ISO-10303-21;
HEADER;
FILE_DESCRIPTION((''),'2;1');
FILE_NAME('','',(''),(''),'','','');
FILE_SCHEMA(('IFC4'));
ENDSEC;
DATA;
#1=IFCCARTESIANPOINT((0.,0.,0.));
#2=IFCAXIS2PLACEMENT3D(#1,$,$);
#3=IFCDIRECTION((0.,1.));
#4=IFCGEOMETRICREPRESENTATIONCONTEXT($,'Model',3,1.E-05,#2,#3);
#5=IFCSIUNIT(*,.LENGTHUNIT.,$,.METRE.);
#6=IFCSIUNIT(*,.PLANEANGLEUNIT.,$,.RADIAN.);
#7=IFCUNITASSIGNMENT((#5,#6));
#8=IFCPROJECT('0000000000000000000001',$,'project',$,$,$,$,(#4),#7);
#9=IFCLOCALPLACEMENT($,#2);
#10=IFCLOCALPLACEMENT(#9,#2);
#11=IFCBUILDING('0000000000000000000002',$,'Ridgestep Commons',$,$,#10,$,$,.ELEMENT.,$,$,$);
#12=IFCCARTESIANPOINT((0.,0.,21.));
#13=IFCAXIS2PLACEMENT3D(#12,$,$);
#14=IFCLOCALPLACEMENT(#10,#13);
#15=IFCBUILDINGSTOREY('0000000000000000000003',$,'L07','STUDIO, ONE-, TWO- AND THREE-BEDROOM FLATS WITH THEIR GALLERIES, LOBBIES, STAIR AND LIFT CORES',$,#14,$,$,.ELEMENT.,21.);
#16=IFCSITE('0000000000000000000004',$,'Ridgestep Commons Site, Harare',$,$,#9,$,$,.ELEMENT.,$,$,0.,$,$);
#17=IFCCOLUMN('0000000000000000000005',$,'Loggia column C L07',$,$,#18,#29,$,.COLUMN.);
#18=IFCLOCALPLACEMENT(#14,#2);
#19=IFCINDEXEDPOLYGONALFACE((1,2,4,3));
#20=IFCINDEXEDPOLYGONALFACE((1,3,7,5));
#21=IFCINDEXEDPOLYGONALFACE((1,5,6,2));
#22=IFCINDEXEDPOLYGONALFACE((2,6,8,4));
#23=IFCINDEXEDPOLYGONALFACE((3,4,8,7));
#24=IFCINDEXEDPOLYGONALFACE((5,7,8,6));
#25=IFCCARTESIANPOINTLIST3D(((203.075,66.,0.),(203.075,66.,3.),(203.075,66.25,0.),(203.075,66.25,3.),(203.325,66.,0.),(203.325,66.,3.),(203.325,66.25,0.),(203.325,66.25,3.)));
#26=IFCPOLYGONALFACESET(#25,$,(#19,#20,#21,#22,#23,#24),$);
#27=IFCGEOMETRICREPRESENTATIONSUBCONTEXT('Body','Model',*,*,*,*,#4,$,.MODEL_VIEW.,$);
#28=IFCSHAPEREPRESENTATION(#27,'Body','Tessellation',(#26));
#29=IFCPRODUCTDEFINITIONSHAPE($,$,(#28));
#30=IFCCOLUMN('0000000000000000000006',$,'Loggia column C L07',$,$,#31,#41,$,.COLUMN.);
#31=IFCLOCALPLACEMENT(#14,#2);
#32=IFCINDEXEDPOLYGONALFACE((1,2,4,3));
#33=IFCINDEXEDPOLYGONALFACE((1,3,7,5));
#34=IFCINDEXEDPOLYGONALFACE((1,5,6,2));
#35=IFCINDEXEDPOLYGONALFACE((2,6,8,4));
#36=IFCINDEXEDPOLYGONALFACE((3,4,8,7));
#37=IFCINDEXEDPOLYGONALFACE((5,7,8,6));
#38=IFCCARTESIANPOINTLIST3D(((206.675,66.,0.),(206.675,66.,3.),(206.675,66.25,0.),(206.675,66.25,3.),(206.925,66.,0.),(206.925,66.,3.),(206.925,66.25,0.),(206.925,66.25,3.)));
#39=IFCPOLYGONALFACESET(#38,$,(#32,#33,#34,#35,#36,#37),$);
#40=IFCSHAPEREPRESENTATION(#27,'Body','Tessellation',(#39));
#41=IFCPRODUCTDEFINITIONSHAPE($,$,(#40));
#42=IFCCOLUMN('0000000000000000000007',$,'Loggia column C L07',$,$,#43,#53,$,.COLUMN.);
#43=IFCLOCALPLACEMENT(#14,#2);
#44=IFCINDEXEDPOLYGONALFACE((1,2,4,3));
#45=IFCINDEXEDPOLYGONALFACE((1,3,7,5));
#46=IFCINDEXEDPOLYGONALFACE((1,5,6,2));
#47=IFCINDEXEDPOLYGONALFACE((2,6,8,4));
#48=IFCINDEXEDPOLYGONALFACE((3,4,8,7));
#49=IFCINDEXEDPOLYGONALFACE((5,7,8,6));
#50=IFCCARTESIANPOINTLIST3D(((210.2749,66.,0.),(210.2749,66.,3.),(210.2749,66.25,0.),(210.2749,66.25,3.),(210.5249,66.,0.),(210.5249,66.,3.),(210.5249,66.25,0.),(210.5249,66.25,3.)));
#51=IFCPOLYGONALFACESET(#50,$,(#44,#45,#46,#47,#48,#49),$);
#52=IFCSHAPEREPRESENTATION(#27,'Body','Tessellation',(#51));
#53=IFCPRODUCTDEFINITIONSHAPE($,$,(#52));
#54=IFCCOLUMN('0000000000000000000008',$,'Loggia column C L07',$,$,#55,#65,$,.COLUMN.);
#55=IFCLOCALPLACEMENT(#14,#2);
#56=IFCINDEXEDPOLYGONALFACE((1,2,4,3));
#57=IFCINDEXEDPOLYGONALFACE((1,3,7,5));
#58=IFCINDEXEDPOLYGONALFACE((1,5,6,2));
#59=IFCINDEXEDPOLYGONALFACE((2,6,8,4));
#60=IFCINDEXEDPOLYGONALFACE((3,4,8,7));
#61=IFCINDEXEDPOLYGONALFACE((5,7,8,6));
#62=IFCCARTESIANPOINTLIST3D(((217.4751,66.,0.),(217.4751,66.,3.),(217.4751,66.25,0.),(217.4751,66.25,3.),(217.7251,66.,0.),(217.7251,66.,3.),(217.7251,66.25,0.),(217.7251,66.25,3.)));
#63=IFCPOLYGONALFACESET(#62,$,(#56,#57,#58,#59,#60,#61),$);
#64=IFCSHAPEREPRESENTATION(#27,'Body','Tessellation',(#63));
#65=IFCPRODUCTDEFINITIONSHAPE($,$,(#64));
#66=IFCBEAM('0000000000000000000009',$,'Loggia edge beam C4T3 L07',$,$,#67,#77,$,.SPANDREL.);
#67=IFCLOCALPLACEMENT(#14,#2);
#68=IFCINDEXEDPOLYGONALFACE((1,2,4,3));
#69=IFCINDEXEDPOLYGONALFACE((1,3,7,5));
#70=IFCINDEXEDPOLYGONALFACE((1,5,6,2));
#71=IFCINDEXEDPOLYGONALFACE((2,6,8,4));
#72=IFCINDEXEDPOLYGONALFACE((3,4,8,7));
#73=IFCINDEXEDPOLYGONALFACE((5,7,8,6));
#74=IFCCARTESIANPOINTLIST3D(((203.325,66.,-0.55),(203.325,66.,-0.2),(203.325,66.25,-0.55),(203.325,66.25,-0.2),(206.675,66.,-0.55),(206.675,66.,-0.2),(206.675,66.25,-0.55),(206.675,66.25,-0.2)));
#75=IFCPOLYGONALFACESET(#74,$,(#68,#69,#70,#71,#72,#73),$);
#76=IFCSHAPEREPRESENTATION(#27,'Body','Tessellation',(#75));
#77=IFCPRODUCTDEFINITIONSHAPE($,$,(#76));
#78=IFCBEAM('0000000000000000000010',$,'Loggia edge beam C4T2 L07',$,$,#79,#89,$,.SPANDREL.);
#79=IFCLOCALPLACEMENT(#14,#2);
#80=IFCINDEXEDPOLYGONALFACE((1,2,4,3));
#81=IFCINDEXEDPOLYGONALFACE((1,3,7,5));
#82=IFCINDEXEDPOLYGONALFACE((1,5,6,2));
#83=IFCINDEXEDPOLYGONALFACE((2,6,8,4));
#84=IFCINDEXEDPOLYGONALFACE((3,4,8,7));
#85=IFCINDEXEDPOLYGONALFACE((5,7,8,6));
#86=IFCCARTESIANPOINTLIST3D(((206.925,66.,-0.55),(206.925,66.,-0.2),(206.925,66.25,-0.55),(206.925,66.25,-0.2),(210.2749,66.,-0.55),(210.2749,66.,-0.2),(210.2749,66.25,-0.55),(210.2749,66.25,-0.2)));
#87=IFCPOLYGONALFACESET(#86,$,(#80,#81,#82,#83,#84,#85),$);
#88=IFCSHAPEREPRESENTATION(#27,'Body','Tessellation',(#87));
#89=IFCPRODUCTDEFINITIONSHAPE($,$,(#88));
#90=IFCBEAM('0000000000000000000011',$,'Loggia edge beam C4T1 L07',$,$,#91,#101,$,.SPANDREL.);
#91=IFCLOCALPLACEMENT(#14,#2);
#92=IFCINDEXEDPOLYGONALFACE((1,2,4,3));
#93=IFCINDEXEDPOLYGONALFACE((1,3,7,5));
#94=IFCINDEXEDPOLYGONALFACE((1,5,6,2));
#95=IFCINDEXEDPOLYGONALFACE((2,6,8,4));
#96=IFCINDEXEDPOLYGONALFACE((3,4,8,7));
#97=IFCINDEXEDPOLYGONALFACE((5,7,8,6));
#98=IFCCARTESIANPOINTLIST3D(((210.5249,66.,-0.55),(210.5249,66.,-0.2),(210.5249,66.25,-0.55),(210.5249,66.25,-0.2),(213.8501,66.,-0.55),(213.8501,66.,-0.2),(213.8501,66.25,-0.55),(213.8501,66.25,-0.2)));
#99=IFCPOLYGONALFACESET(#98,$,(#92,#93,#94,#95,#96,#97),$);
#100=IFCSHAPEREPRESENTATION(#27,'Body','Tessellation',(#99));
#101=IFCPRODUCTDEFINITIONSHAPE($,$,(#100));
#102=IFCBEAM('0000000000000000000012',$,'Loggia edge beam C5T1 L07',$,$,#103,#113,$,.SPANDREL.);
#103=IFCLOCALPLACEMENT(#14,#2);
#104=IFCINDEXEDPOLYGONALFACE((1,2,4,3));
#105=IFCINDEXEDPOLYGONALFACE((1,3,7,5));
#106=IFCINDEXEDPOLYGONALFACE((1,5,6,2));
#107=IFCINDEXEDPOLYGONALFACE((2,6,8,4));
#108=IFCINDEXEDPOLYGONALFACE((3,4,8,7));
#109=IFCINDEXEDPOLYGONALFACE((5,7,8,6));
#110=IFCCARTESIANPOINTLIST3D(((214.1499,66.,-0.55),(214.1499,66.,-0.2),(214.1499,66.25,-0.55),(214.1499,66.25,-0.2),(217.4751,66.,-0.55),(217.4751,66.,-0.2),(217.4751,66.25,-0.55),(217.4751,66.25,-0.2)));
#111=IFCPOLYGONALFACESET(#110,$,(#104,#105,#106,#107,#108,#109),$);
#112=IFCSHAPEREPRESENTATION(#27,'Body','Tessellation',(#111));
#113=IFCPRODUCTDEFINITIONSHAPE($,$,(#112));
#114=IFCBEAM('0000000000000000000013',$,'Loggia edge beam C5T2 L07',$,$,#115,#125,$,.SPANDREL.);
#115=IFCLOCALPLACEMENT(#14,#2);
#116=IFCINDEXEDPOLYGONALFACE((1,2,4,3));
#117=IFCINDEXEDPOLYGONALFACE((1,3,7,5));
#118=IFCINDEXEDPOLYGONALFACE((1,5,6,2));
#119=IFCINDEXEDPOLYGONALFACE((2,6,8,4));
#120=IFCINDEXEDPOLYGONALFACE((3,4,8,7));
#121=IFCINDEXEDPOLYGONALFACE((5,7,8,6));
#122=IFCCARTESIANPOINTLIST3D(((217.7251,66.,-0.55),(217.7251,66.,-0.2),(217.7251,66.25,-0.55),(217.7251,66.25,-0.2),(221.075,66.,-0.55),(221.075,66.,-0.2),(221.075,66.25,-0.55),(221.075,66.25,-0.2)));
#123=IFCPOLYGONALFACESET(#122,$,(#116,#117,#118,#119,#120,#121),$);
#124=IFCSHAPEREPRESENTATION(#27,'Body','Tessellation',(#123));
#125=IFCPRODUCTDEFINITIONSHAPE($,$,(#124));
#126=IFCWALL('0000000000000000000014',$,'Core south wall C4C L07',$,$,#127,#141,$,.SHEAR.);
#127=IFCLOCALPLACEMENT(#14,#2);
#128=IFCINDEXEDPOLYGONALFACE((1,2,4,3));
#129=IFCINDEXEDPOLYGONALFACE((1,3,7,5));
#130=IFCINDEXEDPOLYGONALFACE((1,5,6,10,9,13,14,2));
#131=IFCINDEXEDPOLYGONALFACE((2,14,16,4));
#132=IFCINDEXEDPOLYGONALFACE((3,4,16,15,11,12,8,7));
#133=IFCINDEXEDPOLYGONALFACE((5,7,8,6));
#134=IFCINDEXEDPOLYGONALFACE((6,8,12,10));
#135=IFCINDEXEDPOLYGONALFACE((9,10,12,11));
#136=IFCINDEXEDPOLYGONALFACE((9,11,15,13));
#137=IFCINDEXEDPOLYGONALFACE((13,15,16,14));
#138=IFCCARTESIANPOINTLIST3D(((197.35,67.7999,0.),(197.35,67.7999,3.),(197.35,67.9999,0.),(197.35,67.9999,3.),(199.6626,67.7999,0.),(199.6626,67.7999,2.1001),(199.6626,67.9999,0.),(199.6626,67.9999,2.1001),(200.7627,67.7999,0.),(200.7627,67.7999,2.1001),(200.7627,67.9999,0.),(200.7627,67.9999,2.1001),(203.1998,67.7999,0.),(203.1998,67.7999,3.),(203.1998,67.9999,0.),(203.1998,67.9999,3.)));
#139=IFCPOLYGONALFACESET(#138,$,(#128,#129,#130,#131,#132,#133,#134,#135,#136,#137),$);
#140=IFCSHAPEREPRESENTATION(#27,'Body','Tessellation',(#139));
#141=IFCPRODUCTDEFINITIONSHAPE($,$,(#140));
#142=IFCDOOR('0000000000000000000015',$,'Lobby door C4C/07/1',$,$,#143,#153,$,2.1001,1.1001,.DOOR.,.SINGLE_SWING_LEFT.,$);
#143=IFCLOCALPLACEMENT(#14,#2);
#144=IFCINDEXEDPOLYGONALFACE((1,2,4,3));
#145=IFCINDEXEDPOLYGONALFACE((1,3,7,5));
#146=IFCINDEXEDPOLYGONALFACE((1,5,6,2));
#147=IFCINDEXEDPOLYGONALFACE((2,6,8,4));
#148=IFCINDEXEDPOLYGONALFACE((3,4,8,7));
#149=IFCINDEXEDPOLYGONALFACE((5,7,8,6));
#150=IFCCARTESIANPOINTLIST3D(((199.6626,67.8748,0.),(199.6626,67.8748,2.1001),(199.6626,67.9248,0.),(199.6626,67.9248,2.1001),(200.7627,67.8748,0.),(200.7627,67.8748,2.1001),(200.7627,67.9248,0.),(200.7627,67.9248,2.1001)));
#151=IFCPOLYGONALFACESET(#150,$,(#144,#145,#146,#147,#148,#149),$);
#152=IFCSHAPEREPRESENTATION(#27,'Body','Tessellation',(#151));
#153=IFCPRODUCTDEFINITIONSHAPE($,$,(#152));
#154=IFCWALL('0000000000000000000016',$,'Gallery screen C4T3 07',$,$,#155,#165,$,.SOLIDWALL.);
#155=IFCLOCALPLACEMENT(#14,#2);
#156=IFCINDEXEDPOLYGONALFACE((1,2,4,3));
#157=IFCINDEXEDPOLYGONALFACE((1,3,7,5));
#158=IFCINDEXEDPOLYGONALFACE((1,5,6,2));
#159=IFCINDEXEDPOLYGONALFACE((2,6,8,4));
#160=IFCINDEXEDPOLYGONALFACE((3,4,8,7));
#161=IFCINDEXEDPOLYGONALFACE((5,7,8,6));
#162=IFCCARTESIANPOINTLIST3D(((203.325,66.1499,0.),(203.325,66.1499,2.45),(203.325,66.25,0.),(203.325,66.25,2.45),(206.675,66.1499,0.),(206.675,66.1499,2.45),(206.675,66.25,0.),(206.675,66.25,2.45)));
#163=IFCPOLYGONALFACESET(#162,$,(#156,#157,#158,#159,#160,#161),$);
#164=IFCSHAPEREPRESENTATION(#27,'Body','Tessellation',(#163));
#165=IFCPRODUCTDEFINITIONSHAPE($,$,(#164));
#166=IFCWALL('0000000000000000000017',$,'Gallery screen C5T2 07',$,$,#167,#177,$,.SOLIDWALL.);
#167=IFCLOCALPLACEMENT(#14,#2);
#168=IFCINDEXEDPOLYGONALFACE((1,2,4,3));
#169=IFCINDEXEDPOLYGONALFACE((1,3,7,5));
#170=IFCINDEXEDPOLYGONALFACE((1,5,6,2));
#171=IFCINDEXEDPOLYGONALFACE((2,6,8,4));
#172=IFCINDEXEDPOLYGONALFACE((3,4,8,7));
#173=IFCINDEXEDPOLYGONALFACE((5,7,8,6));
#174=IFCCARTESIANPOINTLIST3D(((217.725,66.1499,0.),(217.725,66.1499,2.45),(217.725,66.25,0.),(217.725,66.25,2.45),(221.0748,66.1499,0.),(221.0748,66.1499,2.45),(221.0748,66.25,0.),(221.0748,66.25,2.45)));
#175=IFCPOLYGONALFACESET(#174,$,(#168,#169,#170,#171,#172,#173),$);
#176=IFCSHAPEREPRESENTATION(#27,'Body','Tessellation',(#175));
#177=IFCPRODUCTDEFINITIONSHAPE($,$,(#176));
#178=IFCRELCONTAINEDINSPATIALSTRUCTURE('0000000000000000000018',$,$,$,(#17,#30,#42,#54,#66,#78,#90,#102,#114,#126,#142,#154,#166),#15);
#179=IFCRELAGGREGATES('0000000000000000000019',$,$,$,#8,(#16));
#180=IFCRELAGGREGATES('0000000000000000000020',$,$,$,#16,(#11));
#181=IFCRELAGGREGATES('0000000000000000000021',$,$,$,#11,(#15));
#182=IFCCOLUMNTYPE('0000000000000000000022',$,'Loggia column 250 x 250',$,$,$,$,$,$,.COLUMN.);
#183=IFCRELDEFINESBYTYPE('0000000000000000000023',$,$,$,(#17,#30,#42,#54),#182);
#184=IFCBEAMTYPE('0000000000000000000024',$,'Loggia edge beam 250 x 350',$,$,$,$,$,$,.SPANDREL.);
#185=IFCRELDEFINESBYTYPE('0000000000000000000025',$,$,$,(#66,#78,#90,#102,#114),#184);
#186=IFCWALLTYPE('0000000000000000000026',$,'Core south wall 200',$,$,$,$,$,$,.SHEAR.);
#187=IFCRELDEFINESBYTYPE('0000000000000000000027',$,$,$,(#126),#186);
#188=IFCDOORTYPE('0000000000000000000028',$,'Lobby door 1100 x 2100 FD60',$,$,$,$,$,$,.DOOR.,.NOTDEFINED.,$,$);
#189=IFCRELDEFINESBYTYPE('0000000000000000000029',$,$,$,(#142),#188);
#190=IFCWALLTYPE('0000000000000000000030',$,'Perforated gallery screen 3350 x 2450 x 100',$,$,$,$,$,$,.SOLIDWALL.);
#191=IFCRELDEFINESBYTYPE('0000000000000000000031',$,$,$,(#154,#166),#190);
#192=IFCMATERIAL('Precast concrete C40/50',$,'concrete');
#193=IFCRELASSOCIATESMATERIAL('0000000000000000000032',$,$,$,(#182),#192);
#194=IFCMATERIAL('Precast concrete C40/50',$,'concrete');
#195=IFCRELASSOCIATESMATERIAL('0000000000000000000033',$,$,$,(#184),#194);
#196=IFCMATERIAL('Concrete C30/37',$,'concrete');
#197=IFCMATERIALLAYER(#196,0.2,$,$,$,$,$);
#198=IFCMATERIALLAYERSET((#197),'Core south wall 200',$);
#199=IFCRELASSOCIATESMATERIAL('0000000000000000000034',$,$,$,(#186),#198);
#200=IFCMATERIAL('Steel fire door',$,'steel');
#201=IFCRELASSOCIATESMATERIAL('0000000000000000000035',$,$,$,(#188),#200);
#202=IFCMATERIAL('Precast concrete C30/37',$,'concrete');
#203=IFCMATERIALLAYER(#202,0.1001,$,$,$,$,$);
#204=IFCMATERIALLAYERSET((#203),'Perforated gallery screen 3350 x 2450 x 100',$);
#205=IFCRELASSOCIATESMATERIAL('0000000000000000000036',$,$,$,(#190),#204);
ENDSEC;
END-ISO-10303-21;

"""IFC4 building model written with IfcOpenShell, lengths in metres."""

from ifc_helpers import new_model, si_unit, direction, frame, frame_2d, origin, origin_2d, place, context, subcontext, project, spatial, rectangle, extrude, material, layer, layer_set, material_profile, profile_set, type_object, element, fill, save


model = new_model("IFC4")

# Units and contexts
model_context = context("Model", 3, precision=1e-05, world=origin(), true_north=direction((0.0, 1.0)))
body_context = subcontext(model_context, "Body", "Model", "MODEL_VIEW")
ifc_project = project(units=[si_unit("LENGTHUNIT", "METRE"), si_unit("PLANEANGLEUNIT", "RADIAN")], contexts=[model_context])

# Site, building, storey
site_placement = place(None, origin())
site = spatial("IfcSite", under=ifc_project, at=site_placement, Name="Ridgestep Commons Site, Harare", CompositionType="ELEMENT", RefElevation=0.0)
building_placement = place(site_placement, origin())
building = spatial("IfcBuilding", under=site, at=building_placement, Name="Ridgestep Commons", CompositionType="ELEMENT")
storey_placement = place(building_placement, frame((0.0, 0.0, 21.0)))
storey = spatial("IfcBuildingStorey", under=building, at=storey_placement, Name="L07", Description="STUDIO, ONE-, TWO- AND THREE-BEDROOM FLATS WITH THEIR GALLERIES, LOBBIES, STAIR AND LIFT CORES", CompositionType="ELEMENT", Elevation=21.0)

# Columns
ifc_material_1 = material(Name="Precast concrete C40/50", Category="concrete")
ifc_material_profile_1 = material_profile(ifc_material_1, rectangle(XDim=0.25, YDim=0.25, at=origin_2d()), Name="PC 250x250")
ifc_profile_set_1 = profile_set([ifc_material_profile_1], Name="Precast concrete C40/50")
column_type = type_object("IfcColumnType", Name="Loggia column 250 x 250", PredefinedType="COLUMN", material=ifc_profile_set_1)
for number, where, z_axis, x_axis, name in (
    (1, (203.2, 66.125, 0.0), (0.0, 0.0, 1.0), (1.0, 0.0, 0.0), "Loggia column C L07"),
    (2, (206.8, 66.125, 0.0), (0.0, 0.0, 1.0), (1.0, 0.0, 0.0), "Loggia column C L07"),
    (3, (210.3999, 66.125, 0.0), (0.0, 0.0, 1.0), (1.0, 0.0, 0.0), "Loggia column C L07"),
    (4, (217.6001, 66.125, 0.0), (0.0, 0.0, 1.0), (1.0, 0.0, 0.0), "Loggia column C L07"),
):
    element("IfcColumn", number, at=place(storey_placement, frame(where, z_axis=z_axis, x_axis=x_axis)), inside=storey, type_object=column_type, Name=name, PredefinedType="COLUMN", context=body_context, shape_type="SweptSolid", body=[
        extrude(rectangle(XDim=0.25, YDim=0.25, at=origin_2d()), origin(), (0.0, 0.0, 1.0), 3.0),
    ])

# Beams
ifc_material_2 = material(Name="Precast concrete C40/50", Category="concrete")
ifc_material_profile_2 = material_profile(ifc_material_2, rectangle(XDim=0.25, YDim=0.3501, at=origin_2d()), Name="PC 250x350")
ifc_profile_set_2 = profile_set([ifc_material_profile_2], Name="Precast concrete C40/50")
beam_type = type_object("IfcBeamType", Name="Loggia edge beam 250 x 350", PredefinedType="SPANDREL", material=ifc_profile_set_2)
beam_1_placement = place(storey_placement, frame((203.325, 66.125, -0.375), z_axis=(1.0, 0.0, 0.0), x_axis=(0.0, 1.0, 0.0)))
element("IfcBeam", 5, at=beam_1_placement, inside=storey, type_object=beam_type, Name="Loggia edge beam C4T3 L07", PredefinedType="SPANDREL", context=body_context, shape_type="SweptSolid", body=[
    extrude(rectangle(XDim=0.25, YDim=0.3501, at=origin_2d()), origin(), (0.0, 0.0, 1.0), 3.3501),
])
beam_2_placement = place(storey_placement, frame((206.925, 66.125, -0.375), z_axis=(1.0, 0.0, 0.0), x_axis=(0.0, 1.0, 0.0)))
element("IfcBeam", 6, at=beam_2_placement, inside=storey, type_object=beam_type, Name="Loggia edge beam C4T2 L07", PredefinedType="SPANDREL", context=body_context, shape_type="SweptSolid", body=[
    extrude(rectangle(XDim=0.25, YDim=0.3501, at=origin_2d()), origin(), (0.0, 0.0, 1.0), 3.3499),
])
for number, where, z_axis, x_axis, name in (
    (7, (210.5249, 66.125, -0.375), (1.0, 0.0, 0.0), (0.0, 1.0, 0.0), "Loggia edge beam C4T1 L07"),
    (8, (214.1499, 66.125, -0.375), (1.0, 0.0, 0.0), (0.0, 1.0, 0.0), "Loggia edge beam C5T1 L07"),
):
    element("IfcBeam", number, at=place(storey_placement, frame(where, z_axis=z_axis, x_axis=x_axis)), inside=storey, type_object=beam_type, Name=name, PredefinedType="SPANDREL", context=body_context, shape_type="SweptSolid", body=[
        extrude(rectangle(XDim=0.25, YDim=0.3501, at=origin_2d()), origin(), (0.0, 0.0, 1.0), 3.3252),
    ])
beam_3_placement = place(storey_placement, frame((217.7251, 66.125, -0.375), z_axis=(1.0, 0.0, 0.0), x_axis=(0.0, 1.0, 0.0)))
element("IfcBeam", 9, at=beam_3_placement, inside=storey, type_object=beam_type, Name="Loggia edge beam C5T2 L07", PredefinedType="SPANDREL", context=body_context, shape_type="SweptSolid", body=[
    extrude(rectangle(XDim=0.25, YDim=0.3501, at=origin_2d()), origin(), (0.0, 0.0, 1.0), 3.3499),
])

# Wall, opening, door
ifc_material_3 = material(Name="Concrete C30/37", Category="concrete")
ifc_layer_1 = layer(ifc_material_3, 0.2)
ifc_layer_set_1 = layer_set([ifc_layer_1], Name="Core south wall 200")
wall_type_1 = type_object("IfcWallType", Name="Core south wall 200", PredefinedType="SHEAR", material=ifc_layer_set_1)
wall_1_placement = place(storey_placement, frame((197.3501, 67.8999, 0.0), z_axis=(0.0, 0.0, 1.0), x_axis=(1.0, 0.0, 0.0)))
wall_1 = element("IfcWall", 10, at=wall_1_placement, inside=storey, type_object=wall_type_1, Name="Core south wall C4C L07", PredefinedType="SHEAR", context=body_context, shape_type="SweptSolid", body=[
    extrude(rectangle(XDim=5.8499, YDim=0.2, at=frame_2d((2.9248, 0.0))), origin(), (0.0, 0.0, 1.0), 3.0),
])
opening_1_placement = place(wall_1_placement, frame((2.3125, 0.0, 0.0)))
opening_1 = element("IfcOpeningElement", 11, at=opening_1_placement, cuts=wall_1, PredefinedType="OPENING", context=body_context, shape_type="SweptSolid", body=[
    extrude(rectangle(XDim=1.1001, YDim=2.1001, at=frame_2d((0.55, 1.05))), frame((0.0, 0.1099, 0.0), z_axis=(0.0, -1.0, 0.0), x_axis=(1.0, 0.0, 0.0)), (0.0, 0.0, 1.0), 0.22),
])
ifc_material_4 = material(Name="Steel fire door", Category="steel")
door_type_1 = type_object("IfcDoorType", Name="Lobby door 1100 x 2100 FD60", OperationType="NOTDEFINED", PredefinedType="DOOR", material=ifc_material_4)
door_1_placement = place(opening_1_placement, origin())
door_1 = element("IfcDoor", 12, at=door_1_placement, inside=storey, type_object=door_type_1, Name="Lobby door C4C/07/1", OperationType="SINGLE_SWING_LEFT", OverallHeight=2.1001, OverallWidth=1.1001, PredefinedType="DOOR", context=body_context, shape_type="SweptSolid", body=[
    extrude(rectangle(XDim=1.1001, YDim=2.1001, at=frame_2d((0.55, 1.05))), frame((0.0, 0.0249, 0.0), z_axis=(0.0, -1.0, 0.0), x_axis=(1.0, 0.0, 0.0)), (0.0, 0.0, 1.0), 0.05),
])
fill(opening_1, door_1)

# Walls
ifc_material_5 = material(Name="Precast concrete C30/37", Category="concrete")
ifc_layer_2 = layer(ifc_material_5, 0.1001)
ifc_layer_set_2 = layer_set([ifc_layer_2], Name="Perforated gallery screen 3350 x 2450 x 100")
wall_type_2 = type_object("IfcWallType", Name="Perforated gallery screen 3350 x 2450 x 100", PredefinedType="SOLIDWALL", material=ifc_layer_set_2)
wall_2_placement = place(storey_placement, frame((203.325, 66.2, 0.0), z_axis=(0.0, 0.0, 1.0), x_axis=(1.0, 0.0, 0.0)))
element("IfcWall", 13, at=wall_2_placement, inside=storey, type_object=wall_type_2, Name="Gallery screen C4T3 07", PredefinedType="SOLIDWALL", context=body_context, shape_type="SweptSolid", body=[
    extrude(rectangle(XDim=3.3501, YDim=0.1001, at=frame_2d((1.675, 0.0))), origin(), (0.0, 0.0, 1.0), 2.45),
])
wall_3_placement = place(storey_placement, frame((217.7251, 66.2, 0.0), z_axis=(0.0, 0.0, 1.0), x_axis=(1.0, 0.0, 0.0)))
element("IfcWall", 14, at=wall_3_placement, inside=storey, type_object=wall_type_2, Name="Gallery screen C5T2 07", PredefinedType="SOLIDWALL", context=body_context, shape_type="SweptSolid", body=[
    extrude(rectangle(XDim=3.3499, YDim=0.1001, at=frame_2d((1.6748, 0.0))), origin(), (0.0, 0.0, 1.0), 2.45),
])

save(model, "model.ifc")
